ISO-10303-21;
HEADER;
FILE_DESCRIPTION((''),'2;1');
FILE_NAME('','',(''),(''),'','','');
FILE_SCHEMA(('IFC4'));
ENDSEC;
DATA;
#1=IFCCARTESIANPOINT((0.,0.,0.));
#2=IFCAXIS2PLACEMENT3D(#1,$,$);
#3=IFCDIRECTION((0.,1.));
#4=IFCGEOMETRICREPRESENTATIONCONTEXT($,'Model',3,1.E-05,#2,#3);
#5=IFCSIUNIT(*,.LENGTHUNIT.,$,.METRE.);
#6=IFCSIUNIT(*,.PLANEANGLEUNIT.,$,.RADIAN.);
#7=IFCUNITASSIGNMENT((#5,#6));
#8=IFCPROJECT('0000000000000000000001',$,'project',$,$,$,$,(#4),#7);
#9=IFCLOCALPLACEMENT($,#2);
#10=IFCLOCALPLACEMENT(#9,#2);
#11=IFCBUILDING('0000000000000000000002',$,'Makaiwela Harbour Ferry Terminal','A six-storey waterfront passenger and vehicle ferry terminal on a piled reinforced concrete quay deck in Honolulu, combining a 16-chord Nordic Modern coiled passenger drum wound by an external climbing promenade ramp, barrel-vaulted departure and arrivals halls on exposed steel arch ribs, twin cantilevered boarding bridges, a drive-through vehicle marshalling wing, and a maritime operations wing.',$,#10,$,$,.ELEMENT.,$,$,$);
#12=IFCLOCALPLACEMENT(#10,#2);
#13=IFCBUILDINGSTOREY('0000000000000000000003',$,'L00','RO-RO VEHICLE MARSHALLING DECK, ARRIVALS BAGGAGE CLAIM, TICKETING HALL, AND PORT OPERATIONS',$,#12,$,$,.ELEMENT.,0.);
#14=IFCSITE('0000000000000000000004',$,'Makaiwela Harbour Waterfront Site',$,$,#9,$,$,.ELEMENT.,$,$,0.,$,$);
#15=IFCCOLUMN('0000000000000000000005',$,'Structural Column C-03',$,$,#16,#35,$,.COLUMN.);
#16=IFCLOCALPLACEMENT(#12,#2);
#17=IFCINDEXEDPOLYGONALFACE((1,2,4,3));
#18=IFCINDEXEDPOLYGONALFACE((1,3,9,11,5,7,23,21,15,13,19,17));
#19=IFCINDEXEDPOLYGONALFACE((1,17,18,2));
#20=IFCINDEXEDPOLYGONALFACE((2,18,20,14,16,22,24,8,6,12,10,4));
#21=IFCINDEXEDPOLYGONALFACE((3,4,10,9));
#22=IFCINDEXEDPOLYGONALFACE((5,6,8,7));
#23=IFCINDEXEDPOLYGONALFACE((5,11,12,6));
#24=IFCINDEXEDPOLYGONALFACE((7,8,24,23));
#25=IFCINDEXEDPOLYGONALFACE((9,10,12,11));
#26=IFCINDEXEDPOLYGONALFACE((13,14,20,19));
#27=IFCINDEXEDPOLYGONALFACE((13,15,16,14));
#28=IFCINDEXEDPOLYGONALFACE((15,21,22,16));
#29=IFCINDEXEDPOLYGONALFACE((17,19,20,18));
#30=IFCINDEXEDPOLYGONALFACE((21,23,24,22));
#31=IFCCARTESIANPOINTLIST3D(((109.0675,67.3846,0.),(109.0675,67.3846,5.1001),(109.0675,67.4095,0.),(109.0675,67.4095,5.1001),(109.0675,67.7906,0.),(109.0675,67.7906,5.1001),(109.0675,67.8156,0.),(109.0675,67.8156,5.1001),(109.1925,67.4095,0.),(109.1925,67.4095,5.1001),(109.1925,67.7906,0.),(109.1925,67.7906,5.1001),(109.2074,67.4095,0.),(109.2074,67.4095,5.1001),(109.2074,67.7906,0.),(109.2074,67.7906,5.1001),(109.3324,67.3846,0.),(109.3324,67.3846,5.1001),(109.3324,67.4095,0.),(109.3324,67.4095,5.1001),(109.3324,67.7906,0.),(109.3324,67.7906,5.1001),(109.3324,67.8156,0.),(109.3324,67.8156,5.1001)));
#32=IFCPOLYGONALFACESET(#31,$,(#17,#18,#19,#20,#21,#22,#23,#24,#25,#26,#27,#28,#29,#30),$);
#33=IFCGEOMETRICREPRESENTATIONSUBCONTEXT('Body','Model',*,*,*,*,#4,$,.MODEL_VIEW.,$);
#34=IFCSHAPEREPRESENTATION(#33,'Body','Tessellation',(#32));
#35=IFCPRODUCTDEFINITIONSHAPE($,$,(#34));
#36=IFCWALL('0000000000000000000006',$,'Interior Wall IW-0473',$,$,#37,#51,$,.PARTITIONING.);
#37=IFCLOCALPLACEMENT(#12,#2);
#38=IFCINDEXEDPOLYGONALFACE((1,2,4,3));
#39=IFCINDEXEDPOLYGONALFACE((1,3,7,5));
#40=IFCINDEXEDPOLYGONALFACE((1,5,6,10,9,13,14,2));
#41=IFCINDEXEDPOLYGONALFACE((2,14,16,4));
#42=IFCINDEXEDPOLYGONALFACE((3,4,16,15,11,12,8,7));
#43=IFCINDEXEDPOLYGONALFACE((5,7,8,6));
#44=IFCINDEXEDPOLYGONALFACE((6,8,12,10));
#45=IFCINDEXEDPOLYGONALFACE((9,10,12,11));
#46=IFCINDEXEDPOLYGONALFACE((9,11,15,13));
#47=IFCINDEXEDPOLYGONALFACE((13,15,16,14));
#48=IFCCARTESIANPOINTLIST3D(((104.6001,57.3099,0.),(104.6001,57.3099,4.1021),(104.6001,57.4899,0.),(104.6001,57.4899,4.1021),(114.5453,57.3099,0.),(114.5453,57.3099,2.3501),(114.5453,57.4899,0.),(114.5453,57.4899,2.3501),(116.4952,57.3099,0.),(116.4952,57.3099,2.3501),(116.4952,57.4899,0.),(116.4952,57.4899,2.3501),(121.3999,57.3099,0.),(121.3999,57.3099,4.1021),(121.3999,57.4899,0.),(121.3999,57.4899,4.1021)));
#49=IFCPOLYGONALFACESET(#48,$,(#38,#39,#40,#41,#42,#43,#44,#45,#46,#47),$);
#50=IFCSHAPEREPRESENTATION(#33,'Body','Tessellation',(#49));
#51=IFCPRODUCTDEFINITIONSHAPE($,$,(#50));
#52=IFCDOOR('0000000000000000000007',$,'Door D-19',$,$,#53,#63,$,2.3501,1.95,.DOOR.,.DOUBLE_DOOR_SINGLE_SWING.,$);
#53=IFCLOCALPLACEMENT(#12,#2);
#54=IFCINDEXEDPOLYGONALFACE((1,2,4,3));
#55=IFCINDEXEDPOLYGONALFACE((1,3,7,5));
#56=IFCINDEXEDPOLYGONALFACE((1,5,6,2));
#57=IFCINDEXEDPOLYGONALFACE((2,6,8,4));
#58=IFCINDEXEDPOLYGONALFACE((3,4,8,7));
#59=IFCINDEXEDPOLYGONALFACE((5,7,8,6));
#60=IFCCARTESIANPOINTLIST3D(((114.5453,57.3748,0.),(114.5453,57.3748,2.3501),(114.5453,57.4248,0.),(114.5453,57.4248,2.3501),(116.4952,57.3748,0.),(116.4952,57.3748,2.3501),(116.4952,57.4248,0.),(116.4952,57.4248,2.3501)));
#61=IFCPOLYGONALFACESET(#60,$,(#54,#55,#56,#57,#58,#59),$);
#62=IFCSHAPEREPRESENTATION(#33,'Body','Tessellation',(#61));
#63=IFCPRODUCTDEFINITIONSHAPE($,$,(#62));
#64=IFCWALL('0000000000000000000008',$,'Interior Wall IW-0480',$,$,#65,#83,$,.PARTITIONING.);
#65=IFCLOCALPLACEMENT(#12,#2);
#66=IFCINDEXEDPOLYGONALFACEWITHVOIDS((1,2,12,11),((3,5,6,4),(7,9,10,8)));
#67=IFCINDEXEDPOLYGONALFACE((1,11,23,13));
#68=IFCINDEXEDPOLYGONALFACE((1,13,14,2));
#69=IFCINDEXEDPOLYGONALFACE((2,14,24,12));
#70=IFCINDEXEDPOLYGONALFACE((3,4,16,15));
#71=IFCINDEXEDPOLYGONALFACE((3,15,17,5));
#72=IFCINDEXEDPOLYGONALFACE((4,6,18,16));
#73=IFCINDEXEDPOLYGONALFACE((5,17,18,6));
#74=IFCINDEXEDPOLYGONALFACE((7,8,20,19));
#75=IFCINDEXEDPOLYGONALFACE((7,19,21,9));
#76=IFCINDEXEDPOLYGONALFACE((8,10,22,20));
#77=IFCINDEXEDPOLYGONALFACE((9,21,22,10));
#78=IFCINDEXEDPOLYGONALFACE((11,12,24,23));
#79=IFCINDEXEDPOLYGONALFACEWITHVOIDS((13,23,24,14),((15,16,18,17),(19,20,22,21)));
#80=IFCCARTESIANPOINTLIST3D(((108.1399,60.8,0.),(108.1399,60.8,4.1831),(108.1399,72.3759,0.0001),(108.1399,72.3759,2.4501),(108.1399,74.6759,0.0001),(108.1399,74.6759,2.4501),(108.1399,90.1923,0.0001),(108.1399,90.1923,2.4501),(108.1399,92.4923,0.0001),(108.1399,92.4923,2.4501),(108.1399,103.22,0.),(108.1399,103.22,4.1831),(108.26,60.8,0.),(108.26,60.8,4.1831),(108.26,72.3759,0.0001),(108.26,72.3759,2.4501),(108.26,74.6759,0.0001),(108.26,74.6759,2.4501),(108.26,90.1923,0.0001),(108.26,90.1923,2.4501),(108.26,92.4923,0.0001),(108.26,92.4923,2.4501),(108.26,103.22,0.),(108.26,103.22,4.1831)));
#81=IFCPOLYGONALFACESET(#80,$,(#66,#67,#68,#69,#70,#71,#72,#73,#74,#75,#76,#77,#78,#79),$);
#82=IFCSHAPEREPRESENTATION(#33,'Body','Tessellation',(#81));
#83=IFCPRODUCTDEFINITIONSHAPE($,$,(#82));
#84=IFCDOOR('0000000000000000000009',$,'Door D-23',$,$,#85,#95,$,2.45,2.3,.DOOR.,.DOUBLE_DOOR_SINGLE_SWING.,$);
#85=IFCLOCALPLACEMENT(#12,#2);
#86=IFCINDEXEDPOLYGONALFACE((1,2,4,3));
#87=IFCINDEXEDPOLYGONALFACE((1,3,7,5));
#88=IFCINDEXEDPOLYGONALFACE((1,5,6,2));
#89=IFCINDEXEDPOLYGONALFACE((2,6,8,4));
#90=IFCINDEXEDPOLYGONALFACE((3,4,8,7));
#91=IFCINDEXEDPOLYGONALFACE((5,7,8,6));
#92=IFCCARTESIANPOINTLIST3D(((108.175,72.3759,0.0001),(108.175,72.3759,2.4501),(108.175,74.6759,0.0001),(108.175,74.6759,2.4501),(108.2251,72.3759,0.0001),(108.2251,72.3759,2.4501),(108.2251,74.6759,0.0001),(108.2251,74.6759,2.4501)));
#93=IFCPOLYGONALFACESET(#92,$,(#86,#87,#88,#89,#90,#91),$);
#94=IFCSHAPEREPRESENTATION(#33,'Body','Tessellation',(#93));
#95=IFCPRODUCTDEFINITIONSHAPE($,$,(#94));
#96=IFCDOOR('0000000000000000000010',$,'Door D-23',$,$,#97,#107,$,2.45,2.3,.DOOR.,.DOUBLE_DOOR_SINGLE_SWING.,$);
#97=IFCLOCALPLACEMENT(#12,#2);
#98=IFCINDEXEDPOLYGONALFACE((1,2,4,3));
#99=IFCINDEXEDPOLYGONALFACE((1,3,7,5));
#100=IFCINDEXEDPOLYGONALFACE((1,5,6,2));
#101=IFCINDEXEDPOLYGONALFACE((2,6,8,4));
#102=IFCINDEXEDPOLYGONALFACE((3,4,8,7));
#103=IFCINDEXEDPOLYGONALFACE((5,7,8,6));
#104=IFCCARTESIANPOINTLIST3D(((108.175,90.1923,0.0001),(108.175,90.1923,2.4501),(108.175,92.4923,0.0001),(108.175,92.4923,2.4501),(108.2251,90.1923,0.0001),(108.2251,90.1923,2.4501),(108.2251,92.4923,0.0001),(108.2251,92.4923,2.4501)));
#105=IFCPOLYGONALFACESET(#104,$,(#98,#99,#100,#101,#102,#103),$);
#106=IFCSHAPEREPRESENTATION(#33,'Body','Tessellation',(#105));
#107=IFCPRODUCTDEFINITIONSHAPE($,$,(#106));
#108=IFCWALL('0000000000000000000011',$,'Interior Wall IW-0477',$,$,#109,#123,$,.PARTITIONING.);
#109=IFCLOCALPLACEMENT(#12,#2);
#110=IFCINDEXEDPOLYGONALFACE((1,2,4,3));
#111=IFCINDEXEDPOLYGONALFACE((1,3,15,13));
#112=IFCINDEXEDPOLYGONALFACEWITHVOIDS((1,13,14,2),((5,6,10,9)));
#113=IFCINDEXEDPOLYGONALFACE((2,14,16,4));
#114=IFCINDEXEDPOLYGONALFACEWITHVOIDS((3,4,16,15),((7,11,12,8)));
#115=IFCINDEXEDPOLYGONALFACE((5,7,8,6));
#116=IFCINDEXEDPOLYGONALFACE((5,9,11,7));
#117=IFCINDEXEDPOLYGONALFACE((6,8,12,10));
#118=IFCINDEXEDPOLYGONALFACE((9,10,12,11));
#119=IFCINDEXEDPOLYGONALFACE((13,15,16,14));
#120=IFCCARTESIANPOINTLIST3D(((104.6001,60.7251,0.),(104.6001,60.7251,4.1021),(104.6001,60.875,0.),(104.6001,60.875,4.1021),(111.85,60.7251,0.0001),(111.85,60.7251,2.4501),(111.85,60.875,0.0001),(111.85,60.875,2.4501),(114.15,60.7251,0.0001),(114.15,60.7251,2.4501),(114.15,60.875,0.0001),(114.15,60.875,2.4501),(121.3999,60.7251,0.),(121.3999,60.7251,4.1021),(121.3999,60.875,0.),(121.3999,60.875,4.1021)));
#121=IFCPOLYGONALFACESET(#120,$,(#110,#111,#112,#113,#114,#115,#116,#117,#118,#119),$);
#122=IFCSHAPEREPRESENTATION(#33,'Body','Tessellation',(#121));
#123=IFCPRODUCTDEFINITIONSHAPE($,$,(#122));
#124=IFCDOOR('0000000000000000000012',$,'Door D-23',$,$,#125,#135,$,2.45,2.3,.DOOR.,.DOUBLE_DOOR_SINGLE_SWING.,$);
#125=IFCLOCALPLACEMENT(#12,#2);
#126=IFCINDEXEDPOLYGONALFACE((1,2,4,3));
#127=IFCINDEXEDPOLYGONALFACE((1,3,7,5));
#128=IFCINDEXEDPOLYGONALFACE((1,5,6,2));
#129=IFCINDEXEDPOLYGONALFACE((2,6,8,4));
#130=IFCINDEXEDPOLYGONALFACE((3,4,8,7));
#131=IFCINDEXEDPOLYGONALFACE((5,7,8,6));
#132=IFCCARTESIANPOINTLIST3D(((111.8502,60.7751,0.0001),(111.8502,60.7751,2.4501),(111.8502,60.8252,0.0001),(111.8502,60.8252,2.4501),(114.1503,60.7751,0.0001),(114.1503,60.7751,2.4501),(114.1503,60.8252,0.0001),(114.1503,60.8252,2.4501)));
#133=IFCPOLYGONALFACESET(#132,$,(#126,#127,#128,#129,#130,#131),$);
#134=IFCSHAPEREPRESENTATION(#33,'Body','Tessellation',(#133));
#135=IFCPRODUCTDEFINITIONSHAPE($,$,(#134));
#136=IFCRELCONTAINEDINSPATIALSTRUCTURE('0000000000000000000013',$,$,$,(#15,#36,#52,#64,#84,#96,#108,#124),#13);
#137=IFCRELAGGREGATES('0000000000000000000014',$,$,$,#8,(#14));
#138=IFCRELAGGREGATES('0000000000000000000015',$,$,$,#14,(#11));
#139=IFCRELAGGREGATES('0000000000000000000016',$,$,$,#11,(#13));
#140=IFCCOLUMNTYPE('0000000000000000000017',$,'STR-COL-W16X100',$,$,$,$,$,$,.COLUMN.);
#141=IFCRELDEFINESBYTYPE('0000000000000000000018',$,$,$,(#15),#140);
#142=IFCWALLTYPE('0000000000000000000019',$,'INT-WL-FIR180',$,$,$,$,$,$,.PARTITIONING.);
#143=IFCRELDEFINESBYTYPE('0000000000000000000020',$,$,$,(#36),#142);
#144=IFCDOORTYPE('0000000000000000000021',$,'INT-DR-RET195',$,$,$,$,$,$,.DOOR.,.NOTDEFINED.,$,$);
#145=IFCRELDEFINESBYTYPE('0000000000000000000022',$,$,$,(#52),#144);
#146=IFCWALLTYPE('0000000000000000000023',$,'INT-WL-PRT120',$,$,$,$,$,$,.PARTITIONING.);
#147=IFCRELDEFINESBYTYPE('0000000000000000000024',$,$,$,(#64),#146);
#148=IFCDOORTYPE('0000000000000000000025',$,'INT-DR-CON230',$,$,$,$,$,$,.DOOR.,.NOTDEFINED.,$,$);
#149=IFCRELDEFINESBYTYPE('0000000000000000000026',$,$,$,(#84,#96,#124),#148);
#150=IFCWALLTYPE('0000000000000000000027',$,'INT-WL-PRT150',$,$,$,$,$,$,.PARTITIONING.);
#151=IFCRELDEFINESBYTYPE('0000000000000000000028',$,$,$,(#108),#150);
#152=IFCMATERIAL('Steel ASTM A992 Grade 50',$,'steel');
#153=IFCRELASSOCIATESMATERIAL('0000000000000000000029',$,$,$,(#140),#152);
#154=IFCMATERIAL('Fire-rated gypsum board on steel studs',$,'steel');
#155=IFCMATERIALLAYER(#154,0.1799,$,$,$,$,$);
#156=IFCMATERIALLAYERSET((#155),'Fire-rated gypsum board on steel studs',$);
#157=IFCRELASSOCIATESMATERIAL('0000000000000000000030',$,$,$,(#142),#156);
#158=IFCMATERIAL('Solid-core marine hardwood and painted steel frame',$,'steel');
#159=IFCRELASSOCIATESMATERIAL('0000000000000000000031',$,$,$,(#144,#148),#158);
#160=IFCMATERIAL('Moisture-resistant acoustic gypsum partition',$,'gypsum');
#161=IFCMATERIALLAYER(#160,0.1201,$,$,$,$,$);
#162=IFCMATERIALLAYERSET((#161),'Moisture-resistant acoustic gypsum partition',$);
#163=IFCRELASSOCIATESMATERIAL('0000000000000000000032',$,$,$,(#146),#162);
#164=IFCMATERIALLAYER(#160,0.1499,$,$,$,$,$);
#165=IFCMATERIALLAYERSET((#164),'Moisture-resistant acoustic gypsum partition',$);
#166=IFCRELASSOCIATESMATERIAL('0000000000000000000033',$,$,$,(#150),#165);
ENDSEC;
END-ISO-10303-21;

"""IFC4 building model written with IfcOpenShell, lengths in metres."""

from ifc_helpers import new_model, si_unit, direction, frame, frame_2d, origin, origin_2d, place, context, subcontext, project, spatial, rectangle, i_section, extrude, material, layer, layer_set, material_profile, profile_set, type_object, element, fill, save


model = new_model("IFC4")

# Units and contexts
model_context = context("Model", 3, precision=1e-05, world=origin(), true_north=direction((0.0, 1.0)))
body_context = subcontext(model_context, "Body", "Model", "MODEL_VIEW")
ifc_project = project(units=[si_unit("LENGTHUNIT", "METRE"), si_unit("PLANEANGLEUNIT", "RADIAN")], contexts=[model_context])

# Site, building, storey
site_placement = place(None, origin())
site = spatial("IfcSite", under=ifc_project, at=site_placement, Name="Makaiwela Harbour Waterfront Site", CompositionType="ELEMENT", RefElevation=0.0)
building_placement = place(site_placement, origin())
building = spatial("IfcBuilding", under=site, at=building_placement, Name="Makaiwela Harbour Ferry Terminal", Description="A six-storey waterfront passenger and vehicle ferry terminal on a piled reinforced concrete quay deck in Honolulu, combining a 16-chord Nordic Modern coiled passenger drum wound by an external climbing promenade ramp, barrel-vaulted departure and arrivals halls on exposed steel arch ribs, twin cantilevered boarding bridges, a drive-through vehicle marshalling wing, and a maritime operations wing.", CompositionType="ELEMENT")
storey_placement = place(building_placement, origin())
storey = spatial("IfcBuildingStorey", under=building, at=storey_placement, Name="L00", Description="RO-RO VEHICLE MARSHALLING DECK, ARRIVALS BAGGAGE CLAIM, TICKETING HALL, AND PORT OPERATIONS", CompositionType="ELEMENT", Elevation=0.0)

# Column
ifc_material_1 = material(Name="Steel ASTM A992 Grade 50", Category="steel")
ifc_material_profile_1 = material_profile(ifc_material_1, i_section(OverallWidth=0.2649, OverallDepth=0.4309, WebThickness=0.0149, FlangeThickness=0.0249, at=origin_2d()), Name="W16X100")
ifc_profile_set_1 = profile_set([ifc_material_profile_1], Name="Steel ASTM A992 Grade 50")
column_type = type_object("IfcColumnType", Name="STR-COL-W16X100", PredefinedType="COLUMN", material=ifc_profile_set_1)
for number, where, z_axis, x_axis, name in (
    (1, (109.2, 67.6001, 0.0), (0.0, 0.0, 1.0), (1.0, 0.0, 0.0), "Structural Column C-03"),
):
    element("IfcColumn", number, at=place(storey_placement, frame(where, z_axis=z_axis, x_axis=x_axis)), inside=storey, type_object=column_type, Name=name, PredefinedType="COLUMN", context=body_context, shape_type="SweptSolid", body=[
        extrude(i_section(OverallWidth=0.2649, OverallDepth=0.4309, WebThickness=0.0149, FlangeThickness=0.0249, at=origin_2d()), origin(), (0.0, 0.0, 1.0), 5.1001),
    ])

# Wall, opening, door
ifc_material_2 = material(Name="Fire-rated gypsum board on steel studs", Category="steel")
ifc_layer_1 = layer(ifc_material_2, 0.1799)
ifc_layer_set_1 = layer_set([ifc_layer_1], Name="Fire-rated gypsum board on steel studs")
wall_type_1 = type_object("IfcWallType", Name="INT-WL-FIR180", PredefinedType="PARTITIONING", material=ifc_layer_set_1)
wall_1_placement = place(storey_placement, frame((104.6001, 57.3999, 0.0), z_axis=(0.0, 0.0, 1.0), x_axis=(1.0, 0.0, 0.0)))
wall_1 = element("IfcWall", 2, at=wall_1_placement, inside=storey, type_object=wall_type_1, Name="Interior Wall IW-0473", PredefinedType="PARTITIONING", context=body_context, shape_type="SweptSolid", body=[
    extrude(rectangle(XDim=16.7998, YDim=0.1799, at=frame_2d((8.3999, 0.0))), origin(), (0.0, 0.0, 1.0), 4.1021),
])
opening_1_placement = place(wall_1_placement, frame((9.9451, 0.0, 0.0)))
opening_1 = element("IfcOpeningElement", 3, at=opening_1_placement, cuts=wall_1, PredefinedType="OPENING", context=body_context, shape_type="SweptSolid", body=[
    extrude(rectangle(XDim=1.95, YDim=2.3501, at=frame_2d((0.9751, 1.175))), frame((0.0, 0.0999, 0.0), z_axis=(0.0, -1.0, 0.0), x_axis=(1.0, 0.0, 0.0)), (0.0, 0.0, 1.0), 0.2),
])
ifc_material_3 = material(Name="Solid-core marine hardwood and painted steel frame", Category="steel")
door_type_1 = type_object("IfcDoorType", Name="INT-DR-RET195", OperationType="NOTDEFINED", PredefinedType="DOOR", material=ifc_material_3)
door_1_placement = place(opening_1_placement, origin())
door_1 = element("IfcDoor", 4, at=door_1_placement, inside=storey, type_object=door_type_1, Name="Door D-19", OperationType="DOUBLE_DOOR_SINGLE_SWING", OverallHeight=2.3501, OverallWidth=1.95, PredefinedType="DOOR", context=body_context, shape_type="SweptSolid", body=[
    extrude(rectangle(XDim=1.95, YDim=2.3501, at=frame_2d((0.9751, 1.175))), frame((0.0, 0.0249, 0.0), z_axis=(0.0, -1.0, 0.0), x_axis=(1.0, 0.0, 0.0)), (0.0, 0.0, 1.0), 0.05),
])
fill(opening_1, door_1)

# Wall, openings, doors
ifc_material_4 = material(Name="Moisture-resistant acoustic gypsum partition", Category="gypsum")
ifc_layer_2 = layer(ifc_material_4, 0.1201)
ifc_layer_set_2 = layer_set([ifc_layer_2], Name="Moisture-resistant acoustic gypsum partition")
wall_type_2 = type_object("IfcWallType", Name="INT-WL-PRT120", PredefinedType="PARTITIONING", material=ifc_layer_set_2)
wall_2_placement = place(storey_placement, frame((108.2, 60.8, 0.0), z_axis=(0.0, 0.0, 1.0), x_axis=(0.0, 1.0, 0.0)))
wall_2 = element("IfcWall", 5, at=wall_2_placement, inside=storey, type_object=wall_type_2, Name="Interior Wall IW-0480", PredefinedType="PARTITIONING", context=body_context, shape_type="SweptSolid", body=[
    extrude(rectangle(XDim=42.4199, YDim=0.1201, at=frame_2d((21.21, 0.0))), origin(), (0.0, 0.0, 1.0), 4.1831),
])
opening_2_placement = place(wall_2_placement, frame((11.5759, 0.0, 0.0)))
opening_2 = element("IfcOpeningElement", 6, at=opening_2_placement, cuts=wall_2, PredefinedType="OPENING", context=body_context, shape_type="SweptSolid", body=[
    extrude(rectangle(XDim=2.3, YDim=2.45, at=frame_2d((1.1499, 1.2251))), frame((0.0, 0.0701, 0.0), z_axis=(0.0, -1.0, 0.0), x_axis=(1.0, 0.0, 0.0)), (0.0, 0.0, 1.0), 0.1401),
])
opening_3_placement = place(wall_2_placement, frame((29.3923, 0.0, 0.0)))
opening_3 = element("IfcOpeningElement", 7, at=opening_3_placement, cuts=wall_2, PredefinedType="OPENING", context=body_context, shape_type="SweptSolid", body=[
    extrude(rectangle(XDim=2.3, YDim=2.45, at=frame_2d((1.1499, 1.2251))), frame((0.0, 0.0701, 0.0), z_axis=(0.0, -1.0, 0.0), x_axis=(1.0, 0.0, 0.0)), (0.0, 0.0, 1.0), 0.1401),
])
door_type_2 = type_object("IfcDoorType", Name="INT-DR-CON230", OperationType="NOTDEFINED", PredefinedType="DOOR", material=ifc_material_3)
door_2_placement = place(opening_2_placement, origin())
door_2 = element("IfcDoor", 8, at=door_2_placement, inside=storey, type_object=door_type_2, Name="Door D-23", OperationType="DOUBLE_DOOR_SINGLE_SWING", OverallHeight=2.45, OverallWidth=2.3, PredefinedType="DOOR", context=body_context, shape_type="SweptSolid", body=[
    extrude(rectangle(XDim=2.3, YDim=2.45, at=frame_2d((1.1499, 1.2251))), frame((0.0, 0.0249, 0.0), z_axis=(0.0, -1.0, 0.0), x_axis=(1.0, 0.0, 0.0)), (0.0, 0.0, 1.0), 0.05),
])
fill(opening_2, door_2)
door_3_placement = place(opening_3_placement, origin())
door_3 = element("IfcDoor", 9, at=door_3_placement, inside=storey, type_object=door_type_2, Name="Door D-23", OperationType="DOUBLE_DOOR_SINGLE_SWING", OverallHeight=2.45, OverallWidth=2.3, PredefinedType="DOOR", context=body_context, shape_type="SweptSolid", body=[
    extrude(rectangle(XDim=2.3, YDim=2.45, at=frame_2d((1.1499, 1.2251))), frame((0.0, 0.0249, 0.0), z_axis=(0.0, -1.0, 0.0), x_axis=(1.0, 0.0, 0.0)), (0.0, 0.0, 1.0), 0.05),
])
fill(opening_3, door_3)

# Wall, opening, door
ifc_layer_3 = layer(ifc_material_4, 0.1499)
ifc_layer_set_3 = layer_set([ifc_layer_3], Name="Moisture-resistant acoustic gypsum partition")
wall_type_3 = type_object("IfcWallType", Name="INT-WL-PRT150", PredefinedType="PARTITIONING", material=ifc_layer_set_3)
wall_3_placement = place(storey_placement, frame((104.6001, 60.8, 0.0), z_axis=(0.0, 0.0, 1.0), x_axis=(1.0, 0.0, 0.0)))
wall_3 = element("IfcWall", 10, at=wall_3_placement, inside=storey, type_object=wall_type_3, Name="Interior Wall IW-0477", PredefinedType="PARTITIONING", context=body_context, shape_type="SweptSolid", body=[
    extrude(rectangle(XDim=16.7998, YDim=0.1499, at=frame_2d((8.3999, 0.0))), origin(), (0.0, 0.0, 1.0), 4.1021),
])
opening_4_placement = place(wall_3_placement, frame((7.25, 0.0, 0.0)))
opening_4 = element("IfcOpeningElement", 11, at=opening_4_placement, cuts=wall_3, PredefinedType="OPENING", context=body_context, shape_type="SweptSolid", body=[
    extrude(rectangle(XDim=2.3, YDim=2.45, at=frame_2d((1.1499, 1.2251))), frame((0.0, 0.085, 0.0), z_axis=(0.0, -1.0, 0.0), x_axis=(1.0, 0.0, 0.0)), (0.0, 0.0, 1.0), 0.1699),
])
door_4_placement = place(opening_4_placement, frame((2.3, 0.0, 0.0), z_axis=(0.0, 0.0, 1.0), x_axis=(-1.0, 0.0, 0.0)))
door_4 = element("IfcDoor", 12, at=door_4_placement, inside=storey, type_object=door_type_2, Name="Door D-23", OperationType="DOUBLE_DOOR_SINGLE_SWING", OverallHeight=2.45, OverallWidth=2.3, PredefinedType="DOOR", context=body_context, shape_type="SweptSolid", body=[
    extrude(rectangle(XDim=2.3, YDim=2.45, at=frame_2d((1.1499, 1.2251))), frame((0.0, 0.0249, 0.0), z_axis=(0.0, -1.0, 0.0), x_axis=(1.0, 0.0, 0.0)), (0.0, 0.0, 1.0), 0.05),
])
fill(opening_4, door_4)

save(model, "model.ifc")
